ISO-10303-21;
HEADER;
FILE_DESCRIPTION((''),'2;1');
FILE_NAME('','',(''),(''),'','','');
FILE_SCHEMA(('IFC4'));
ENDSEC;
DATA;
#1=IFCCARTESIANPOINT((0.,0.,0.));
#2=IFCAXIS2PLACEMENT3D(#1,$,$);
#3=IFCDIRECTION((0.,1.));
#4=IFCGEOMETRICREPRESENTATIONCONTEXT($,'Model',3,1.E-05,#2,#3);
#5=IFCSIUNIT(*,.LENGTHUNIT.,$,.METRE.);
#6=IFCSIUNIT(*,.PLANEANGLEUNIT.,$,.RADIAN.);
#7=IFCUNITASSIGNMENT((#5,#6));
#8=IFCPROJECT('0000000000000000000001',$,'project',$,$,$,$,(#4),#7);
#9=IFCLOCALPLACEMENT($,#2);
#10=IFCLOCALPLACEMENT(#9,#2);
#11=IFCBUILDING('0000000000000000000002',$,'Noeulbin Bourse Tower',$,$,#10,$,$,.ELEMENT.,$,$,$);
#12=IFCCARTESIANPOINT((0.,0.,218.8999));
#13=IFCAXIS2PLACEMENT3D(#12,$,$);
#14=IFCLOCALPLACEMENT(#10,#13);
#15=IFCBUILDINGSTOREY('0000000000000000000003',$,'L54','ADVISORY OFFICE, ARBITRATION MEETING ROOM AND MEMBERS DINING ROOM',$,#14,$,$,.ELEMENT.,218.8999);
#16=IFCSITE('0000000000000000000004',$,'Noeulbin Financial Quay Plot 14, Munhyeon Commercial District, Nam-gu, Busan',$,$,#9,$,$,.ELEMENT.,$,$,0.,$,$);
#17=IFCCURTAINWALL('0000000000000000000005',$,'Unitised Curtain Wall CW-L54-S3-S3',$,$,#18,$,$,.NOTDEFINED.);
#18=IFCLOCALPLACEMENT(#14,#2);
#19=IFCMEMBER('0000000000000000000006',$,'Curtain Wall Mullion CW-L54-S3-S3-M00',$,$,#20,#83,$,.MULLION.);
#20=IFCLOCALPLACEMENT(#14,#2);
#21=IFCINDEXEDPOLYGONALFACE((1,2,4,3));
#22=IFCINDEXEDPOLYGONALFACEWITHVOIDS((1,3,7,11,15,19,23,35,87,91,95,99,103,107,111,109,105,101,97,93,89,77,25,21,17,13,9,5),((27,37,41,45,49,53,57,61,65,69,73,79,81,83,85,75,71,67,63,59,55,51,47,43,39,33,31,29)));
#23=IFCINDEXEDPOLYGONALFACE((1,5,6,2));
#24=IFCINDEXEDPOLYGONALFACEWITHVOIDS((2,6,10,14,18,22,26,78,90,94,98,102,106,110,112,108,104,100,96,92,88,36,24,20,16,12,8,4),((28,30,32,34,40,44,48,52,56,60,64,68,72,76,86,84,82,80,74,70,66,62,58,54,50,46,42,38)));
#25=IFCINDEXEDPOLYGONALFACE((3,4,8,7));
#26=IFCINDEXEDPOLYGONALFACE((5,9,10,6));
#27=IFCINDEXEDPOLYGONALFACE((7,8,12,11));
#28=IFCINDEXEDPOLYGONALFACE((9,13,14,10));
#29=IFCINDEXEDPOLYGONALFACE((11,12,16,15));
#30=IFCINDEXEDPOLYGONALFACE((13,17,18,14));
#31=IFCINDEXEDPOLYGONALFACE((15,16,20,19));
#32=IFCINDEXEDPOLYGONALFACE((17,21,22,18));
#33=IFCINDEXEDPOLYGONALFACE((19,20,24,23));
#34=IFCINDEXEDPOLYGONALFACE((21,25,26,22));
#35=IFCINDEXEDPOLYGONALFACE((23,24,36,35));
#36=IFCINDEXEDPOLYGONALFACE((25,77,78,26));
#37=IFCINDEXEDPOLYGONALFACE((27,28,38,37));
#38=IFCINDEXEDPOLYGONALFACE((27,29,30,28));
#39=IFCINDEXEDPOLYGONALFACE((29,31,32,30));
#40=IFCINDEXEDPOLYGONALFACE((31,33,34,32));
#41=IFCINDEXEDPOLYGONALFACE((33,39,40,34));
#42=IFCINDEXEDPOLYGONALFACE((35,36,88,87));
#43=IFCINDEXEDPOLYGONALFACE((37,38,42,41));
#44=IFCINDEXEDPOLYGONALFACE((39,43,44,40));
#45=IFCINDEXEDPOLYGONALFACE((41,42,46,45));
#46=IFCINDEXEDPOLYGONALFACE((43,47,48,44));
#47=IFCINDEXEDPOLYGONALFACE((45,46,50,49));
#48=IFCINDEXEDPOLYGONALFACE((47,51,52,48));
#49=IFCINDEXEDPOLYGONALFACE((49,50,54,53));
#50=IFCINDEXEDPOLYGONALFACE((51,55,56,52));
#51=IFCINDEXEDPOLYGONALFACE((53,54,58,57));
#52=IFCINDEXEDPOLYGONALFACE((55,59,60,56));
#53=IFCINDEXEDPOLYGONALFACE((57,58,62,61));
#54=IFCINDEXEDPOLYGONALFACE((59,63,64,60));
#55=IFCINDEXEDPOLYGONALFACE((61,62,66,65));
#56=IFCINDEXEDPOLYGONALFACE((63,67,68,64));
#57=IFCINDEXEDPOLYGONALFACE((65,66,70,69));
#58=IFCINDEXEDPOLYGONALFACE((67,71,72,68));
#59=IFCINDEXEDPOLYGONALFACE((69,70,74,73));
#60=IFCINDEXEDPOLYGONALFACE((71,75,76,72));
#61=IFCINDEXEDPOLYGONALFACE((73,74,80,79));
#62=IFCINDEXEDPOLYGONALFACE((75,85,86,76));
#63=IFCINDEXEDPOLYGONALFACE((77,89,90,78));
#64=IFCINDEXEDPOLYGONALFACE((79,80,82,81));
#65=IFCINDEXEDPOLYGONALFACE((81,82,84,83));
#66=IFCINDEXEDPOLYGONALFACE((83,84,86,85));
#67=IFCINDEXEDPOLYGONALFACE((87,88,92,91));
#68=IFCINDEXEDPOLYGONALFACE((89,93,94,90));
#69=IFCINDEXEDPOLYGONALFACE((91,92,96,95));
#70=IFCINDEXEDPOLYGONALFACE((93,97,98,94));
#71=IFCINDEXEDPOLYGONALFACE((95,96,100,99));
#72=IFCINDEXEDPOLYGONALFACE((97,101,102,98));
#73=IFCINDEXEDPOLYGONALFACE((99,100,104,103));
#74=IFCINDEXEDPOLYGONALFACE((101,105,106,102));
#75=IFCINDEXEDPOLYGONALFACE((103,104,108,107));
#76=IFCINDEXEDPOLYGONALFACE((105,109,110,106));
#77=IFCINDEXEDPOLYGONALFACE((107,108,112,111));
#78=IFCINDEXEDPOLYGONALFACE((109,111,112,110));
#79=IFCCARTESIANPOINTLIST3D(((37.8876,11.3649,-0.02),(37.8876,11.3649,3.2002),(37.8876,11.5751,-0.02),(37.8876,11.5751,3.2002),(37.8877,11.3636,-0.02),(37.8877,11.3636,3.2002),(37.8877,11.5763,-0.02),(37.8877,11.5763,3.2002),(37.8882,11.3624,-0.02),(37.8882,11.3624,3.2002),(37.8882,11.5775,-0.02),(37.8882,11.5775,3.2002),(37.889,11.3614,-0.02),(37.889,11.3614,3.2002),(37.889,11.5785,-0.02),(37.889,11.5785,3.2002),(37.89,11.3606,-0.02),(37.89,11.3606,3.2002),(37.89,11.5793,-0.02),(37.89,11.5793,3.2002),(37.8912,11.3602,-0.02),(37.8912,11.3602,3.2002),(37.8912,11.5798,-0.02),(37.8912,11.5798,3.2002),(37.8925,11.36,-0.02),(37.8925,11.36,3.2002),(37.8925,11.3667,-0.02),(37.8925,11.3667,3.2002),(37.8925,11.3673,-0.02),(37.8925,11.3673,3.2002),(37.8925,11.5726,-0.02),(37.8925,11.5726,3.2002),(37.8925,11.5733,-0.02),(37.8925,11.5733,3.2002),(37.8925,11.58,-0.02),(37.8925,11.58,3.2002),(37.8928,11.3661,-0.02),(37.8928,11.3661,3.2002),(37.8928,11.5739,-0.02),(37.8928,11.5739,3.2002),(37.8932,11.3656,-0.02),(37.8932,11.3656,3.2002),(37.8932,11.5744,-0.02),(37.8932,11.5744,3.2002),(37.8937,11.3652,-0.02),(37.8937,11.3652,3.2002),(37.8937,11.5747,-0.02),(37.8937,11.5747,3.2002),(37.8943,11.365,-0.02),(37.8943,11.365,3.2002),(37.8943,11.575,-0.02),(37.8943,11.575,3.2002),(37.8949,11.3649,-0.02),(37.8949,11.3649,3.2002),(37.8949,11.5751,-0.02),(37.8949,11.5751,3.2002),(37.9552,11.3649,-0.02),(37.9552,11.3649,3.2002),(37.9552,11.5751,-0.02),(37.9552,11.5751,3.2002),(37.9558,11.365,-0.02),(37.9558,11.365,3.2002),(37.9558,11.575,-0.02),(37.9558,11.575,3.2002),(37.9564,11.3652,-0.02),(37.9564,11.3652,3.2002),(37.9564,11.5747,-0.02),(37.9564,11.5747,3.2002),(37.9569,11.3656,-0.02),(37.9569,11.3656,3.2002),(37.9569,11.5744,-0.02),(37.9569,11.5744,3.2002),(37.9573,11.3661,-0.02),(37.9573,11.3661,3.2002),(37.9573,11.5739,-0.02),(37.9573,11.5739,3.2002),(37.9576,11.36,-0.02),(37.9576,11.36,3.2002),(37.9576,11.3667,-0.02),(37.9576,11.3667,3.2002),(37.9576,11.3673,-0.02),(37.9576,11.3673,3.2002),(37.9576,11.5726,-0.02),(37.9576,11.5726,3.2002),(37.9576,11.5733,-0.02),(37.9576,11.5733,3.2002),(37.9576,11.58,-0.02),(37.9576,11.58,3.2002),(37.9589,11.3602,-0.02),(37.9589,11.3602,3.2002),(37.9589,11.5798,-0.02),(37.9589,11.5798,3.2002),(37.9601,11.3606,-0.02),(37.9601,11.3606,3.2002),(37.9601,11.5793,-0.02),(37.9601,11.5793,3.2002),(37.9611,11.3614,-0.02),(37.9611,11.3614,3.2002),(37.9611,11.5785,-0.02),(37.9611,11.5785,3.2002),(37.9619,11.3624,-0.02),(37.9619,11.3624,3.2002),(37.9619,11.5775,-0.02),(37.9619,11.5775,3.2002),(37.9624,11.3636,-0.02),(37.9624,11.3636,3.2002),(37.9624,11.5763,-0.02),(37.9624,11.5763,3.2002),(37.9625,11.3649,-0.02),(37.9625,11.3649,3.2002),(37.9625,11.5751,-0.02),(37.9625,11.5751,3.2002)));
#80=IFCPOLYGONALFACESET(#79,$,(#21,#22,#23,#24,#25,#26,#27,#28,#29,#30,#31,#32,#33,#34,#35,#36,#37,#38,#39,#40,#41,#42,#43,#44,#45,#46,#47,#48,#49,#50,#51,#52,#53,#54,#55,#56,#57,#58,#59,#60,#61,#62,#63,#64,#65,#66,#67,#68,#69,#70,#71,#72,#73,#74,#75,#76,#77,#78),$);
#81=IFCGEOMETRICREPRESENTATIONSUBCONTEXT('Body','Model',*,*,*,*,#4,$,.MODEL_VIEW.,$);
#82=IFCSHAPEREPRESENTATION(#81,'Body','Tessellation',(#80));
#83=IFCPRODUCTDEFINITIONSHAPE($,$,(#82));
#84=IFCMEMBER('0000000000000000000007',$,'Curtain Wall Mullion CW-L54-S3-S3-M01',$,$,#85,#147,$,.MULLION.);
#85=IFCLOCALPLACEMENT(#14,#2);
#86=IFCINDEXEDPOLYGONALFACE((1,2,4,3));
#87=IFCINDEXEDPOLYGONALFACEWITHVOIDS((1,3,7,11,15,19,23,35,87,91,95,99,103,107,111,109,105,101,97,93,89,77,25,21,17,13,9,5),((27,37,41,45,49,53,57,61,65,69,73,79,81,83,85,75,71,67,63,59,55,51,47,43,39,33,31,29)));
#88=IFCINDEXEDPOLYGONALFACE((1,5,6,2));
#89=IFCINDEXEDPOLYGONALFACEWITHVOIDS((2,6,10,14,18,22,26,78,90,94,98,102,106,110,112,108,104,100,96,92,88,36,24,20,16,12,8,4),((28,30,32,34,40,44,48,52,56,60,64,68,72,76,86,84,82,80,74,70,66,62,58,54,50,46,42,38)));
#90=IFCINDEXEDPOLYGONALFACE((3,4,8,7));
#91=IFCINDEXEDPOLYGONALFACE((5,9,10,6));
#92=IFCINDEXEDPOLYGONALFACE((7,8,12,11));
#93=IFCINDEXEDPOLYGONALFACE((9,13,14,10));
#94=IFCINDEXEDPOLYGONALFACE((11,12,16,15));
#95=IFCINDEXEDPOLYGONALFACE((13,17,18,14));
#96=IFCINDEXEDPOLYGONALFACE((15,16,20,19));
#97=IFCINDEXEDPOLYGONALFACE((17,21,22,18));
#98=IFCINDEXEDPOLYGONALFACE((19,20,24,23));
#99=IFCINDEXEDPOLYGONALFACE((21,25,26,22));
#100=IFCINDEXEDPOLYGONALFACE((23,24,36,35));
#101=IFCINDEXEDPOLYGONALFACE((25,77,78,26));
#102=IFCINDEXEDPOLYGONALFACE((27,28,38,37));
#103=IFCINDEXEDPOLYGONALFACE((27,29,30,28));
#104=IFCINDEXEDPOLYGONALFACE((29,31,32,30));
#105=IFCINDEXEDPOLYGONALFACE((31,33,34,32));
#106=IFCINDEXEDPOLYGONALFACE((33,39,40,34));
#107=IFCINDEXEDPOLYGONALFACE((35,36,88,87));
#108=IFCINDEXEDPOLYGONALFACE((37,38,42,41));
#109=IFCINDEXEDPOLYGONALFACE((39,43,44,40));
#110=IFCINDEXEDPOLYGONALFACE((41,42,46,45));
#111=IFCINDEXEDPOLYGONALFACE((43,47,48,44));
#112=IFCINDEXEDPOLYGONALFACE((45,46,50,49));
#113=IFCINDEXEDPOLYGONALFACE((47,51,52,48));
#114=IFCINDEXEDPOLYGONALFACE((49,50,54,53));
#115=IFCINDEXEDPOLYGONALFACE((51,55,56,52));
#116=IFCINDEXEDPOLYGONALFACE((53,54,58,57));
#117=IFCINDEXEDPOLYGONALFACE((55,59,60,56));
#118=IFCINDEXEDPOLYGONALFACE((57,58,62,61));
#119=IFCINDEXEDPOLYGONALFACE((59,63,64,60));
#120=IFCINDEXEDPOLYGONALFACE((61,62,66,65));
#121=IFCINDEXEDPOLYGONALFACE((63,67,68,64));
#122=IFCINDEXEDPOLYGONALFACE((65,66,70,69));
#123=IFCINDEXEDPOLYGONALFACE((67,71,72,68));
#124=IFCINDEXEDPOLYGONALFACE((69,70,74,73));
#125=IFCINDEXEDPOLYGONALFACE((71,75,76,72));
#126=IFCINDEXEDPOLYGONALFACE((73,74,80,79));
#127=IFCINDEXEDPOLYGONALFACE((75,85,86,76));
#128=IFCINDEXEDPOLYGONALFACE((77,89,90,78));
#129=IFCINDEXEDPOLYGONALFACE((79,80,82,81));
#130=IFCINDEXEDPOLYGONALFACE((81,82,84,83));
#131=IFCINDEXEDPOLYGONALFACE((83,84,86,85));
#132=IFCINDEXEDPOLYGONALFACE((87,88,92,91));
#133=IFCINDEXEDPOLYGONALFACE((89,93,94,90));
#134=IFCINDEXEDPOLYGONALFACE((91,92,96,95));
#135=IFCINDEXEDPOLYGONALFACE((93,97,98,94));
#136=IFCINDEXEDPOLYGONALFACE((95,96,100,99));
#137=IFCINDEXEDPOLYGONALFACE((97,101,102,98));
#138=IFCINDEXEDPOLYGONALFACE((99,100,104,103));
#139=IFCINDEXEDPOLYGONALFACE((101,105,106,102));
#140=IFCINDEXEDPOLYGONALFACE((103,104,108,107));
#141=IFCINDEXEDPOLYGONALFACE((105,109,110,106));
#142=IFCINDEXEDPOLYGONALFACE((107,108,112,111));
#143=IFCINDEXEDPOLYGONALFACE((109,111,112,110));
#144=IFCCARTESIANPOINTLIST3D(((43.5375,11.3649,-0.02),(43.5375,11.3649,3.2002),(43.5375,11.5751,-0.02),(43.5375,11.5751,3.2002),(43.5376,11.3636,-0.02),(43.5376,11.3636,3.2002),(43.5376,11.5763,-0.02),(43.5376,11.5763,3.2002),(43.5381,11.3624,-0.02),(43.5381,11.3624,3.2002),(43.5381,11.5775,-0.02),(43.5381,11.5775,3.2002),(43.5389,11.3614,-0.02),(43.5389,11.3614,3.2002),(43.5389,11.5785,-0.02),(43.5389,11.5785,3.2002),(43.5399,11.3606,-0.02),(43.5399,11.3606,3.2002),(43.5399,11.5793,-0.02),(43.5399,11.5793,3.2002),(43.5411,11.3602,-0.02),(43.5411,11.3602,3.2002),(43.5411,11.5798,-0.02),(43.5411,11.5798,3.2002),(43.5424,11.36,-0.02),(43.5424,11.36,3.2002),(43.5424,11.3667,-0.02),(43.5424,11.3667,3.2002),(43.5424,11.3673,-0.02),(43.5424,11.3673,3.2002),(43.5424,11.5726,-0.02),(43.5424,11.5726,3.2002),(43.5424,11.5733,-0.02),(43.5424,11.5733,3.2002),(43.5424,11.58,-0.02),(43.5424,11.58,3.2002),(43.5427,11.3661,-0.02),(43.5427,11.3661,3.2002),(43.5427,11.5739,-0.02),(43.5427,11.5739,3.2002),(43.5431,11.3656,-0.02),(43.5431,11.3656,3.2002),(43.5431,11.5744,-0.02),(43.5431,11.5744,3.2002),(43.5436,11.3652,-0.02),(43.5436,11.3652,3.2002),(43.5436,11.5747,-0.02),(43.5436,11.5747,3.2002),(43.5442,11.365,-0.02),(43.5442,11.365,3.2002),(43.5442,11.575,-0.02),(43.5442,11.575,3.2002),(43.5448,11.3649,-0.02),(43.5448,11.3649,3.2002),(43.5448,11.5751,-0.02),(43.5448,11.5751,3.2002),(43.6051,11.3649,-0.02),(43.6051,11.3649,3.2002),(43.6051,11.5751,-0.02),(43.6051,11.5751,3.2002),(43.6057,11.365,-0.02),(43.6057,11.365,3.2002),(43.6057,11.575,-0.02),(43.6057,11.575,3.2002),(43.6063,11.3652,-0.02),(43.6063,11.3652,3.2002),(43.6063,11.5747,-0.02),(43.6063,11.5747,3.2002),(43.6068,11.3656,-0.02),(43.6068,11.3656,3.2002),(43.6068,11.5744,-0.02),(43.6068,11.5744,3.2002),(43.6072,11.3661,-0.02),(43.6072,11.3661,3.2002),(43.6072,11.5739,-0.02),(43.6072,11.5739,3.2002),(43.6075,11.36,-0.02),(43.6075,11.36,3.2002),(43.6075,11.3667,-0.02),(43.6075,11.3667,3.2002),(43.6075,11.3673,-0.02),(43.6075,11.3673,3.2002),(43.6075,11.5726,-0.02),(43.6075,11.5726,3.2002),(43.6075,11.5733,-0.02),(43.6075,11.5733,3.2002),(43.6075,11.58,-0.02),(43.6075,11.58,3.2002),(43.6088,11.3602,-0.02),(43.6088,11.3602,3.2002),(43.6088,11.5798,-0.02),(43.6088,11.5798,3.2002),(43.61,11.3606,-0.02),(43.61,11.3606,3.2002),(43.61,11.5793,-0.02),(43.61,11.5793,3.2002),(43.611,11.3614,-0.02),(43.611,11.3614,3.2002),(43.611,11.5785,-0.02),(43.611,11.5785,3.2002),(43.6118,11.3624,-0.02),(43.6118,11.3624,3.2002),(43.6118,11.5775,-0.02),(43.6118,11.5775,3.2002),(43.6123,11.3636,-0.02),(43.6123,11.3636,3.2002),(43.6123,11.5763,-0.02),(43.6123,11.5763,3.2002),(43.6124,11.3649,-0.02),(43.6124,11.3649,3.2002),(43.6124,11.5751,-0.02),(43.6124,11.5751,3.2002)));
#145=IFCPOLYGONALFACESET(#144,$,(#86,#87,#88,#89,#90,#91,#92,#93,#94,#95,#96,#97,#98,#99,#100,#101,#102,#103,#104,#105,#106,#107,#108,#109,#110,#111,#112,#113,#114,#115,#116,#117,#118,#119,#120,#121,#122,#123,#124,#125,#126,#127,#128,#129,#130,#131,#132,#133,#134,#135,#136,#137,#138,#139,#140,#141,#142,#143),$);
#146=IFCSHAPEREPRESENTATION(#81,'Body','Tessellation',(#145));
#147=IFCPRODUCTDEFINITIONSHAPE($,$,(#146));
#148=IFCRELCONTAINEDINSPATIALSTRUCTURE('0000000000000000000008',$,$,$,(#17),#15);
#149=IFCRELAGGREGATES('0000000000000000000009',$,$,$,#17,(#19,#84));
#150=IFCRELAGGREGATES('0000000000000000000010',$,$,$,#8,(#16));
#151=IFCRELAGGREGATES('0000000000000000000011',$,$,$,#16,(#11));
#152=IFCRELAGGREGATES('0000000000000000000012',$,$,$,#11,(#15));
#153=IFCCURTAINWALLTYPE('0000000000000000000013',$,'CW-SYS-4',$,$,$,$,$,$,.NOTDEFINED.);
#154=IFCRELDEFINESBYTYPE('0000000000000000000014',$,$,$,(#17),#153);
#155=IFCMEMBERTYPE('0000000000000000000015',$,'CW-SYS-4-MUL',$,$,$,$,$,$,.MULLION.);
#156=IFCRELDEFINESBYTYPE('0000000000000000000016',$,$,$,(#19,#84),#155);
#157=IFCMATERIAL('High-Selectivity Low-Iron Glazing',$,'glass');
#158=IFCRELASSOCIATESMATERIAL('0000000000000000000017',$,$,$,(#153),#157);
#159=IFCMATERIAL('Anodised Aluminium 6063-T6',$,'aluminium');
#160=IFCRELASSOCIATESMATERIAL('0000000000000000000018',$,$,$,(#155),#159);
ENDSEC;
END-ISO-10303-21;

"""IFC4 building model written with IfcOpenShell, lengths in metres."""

from ifc_helpers import new_model, si_unit, direction, frame, origin, origin_2d, place, context, subcontext, project, spatial, hollow_rectangle, extrude, material, material_profile, profile_set, type_object, element, aggregate, save


model = new_model("IFC4")

# Units and contexts
model_context = context("Model", 3, precision=1e-05, world=origin(), true_north=direction((0.0, 1.0)))
body_context = subcontext(model_context, "Body", "Model", "MODEL_VIEW")
ifc_project = project(units=[si_unit("LENGTHUNIT", "METRE"), si_unit("PLANEANGLEUNIT", "RADIAN")], contexts=[model_context])

# Site, building, storey
site_placement = place(None, origin())
site = spatial("IfcSite", under=ifc_project, at=site_placement, Name="Noeulbin Financial Quay Plot 14, Munhyeon Commercial District, Nam-gu, Busan", CompositionType="ELEMENT", RefElevation=0.0)
building_placement = place(site_placement, origin())
building = spatial("IfcBuilding", under=site, at=building_placement, Name="Noeulbin Bourse Tower", CompositionType="ELEMENT")
storey_placement = place(building_placement, frame((0.0, 0.0, 218.8999)))
storey = spatial("IfcBuildingStorey", under=building, at=storey_placement, Name="L54", Description="ADVISORY OFFICE, ARBITRATION MEETING ROOM AND MEMBERS DINING ROOM", CompositionType="ELEMENT", Elevation=218.8999)

# Curtain wall, members
ifc_material_1 = material(Name="High-Selectivity Low-Iron Glazing", Category="glass")
curtain_wall_type = type_object("IfcCurtainWallType", Name="CW-SYS-4", PredefinedType="NOTDEFINED", material=ifc_material_1)
curtain_wall_1_placement = place(storey_placement, origin())
curtain_wall_1 = element("IfcCurtainWall", 1, at=curtain_wall_1_placement, inside=storey, type_object=curtain_wall_type, Name="Unitised Curtain Wall CW-L54-S3-S3", PredefinedType="NOTDEFINED")
ifc_material_2 = material(Name="Anodised Aluminium 6063-T6", Category="aluminium")
ifc_material_profile_1 = material_profile(ifc_material_2, hollow_rectangle(XDim=0.075, YDim=0.22, WallThickness=0.0049, InnerFilletRadius=0.0024, OuterFilletRadius=0.0049, at=origin_2d()), Name="ALU-MULL-75x220x5", Category="LoadBearing")
ifc_profile_set_1 = profile_set([ifc_material_profile_1], Name="Anodised Aluminium 6063-T6")
member_type_1 = type_object("IfcMemberType", Name="CW-SYS-4-MUL", PredefinedType="MULLION", material=ifc_profile_set_1)
member_1_placement = place(storey_placement, frame((37.925, 11.47, -0.02), z_axis=(0.0, 0.0, 1.0), x_axis=(1.0, 0.0, 0.0)))
member_1 = element("IfcMember", 2, at=member_1_placement, type_object=member_type_1, Name="Curtain Wall Mullion CW-L54-S3-S3-M00", PredefinedType="MULLION", context=body_context, shape_type="SweptSolid", body=[
    extrude(hollow_rectangle(XDim=0.075, YDim=0.22, WallThickness=0.0049, InnerFilletRadius=0.0024, OuterFilletRadius=0.0049, at=origin_2d()), origin(), (0.0, 0.0, 1.0), 3.2202),
])
member_2_placement = place(storey_placement, frame((43.575, 11.47, -0.02), z_axis=(0.0, 0.0, 1.0), x_axis=(1.0, 0.0, 0.0)))
member_2 = element("IfcMember", 3, at=member_2_placement, type_object=member_type_1, Name="Curtain Wall Mullion CW-L54-S3-S3-M01", PredefinedType="MULLION", context=body_context, shape_type="SweptSolid", body=[
    extrude(hollow_rectangle(XDim=0.075, YDim=0.22, WallThickness=0.0049, InnerFilletRadius=0.0024, OuterFilletRadius=0.0049, at=origin_2d()), origin(), (0.0, 0.0, 1.0), 3.2202),
])

aggregate(curtain_wall_1, [member_1, member_2])

save(model, "model.ifc")
